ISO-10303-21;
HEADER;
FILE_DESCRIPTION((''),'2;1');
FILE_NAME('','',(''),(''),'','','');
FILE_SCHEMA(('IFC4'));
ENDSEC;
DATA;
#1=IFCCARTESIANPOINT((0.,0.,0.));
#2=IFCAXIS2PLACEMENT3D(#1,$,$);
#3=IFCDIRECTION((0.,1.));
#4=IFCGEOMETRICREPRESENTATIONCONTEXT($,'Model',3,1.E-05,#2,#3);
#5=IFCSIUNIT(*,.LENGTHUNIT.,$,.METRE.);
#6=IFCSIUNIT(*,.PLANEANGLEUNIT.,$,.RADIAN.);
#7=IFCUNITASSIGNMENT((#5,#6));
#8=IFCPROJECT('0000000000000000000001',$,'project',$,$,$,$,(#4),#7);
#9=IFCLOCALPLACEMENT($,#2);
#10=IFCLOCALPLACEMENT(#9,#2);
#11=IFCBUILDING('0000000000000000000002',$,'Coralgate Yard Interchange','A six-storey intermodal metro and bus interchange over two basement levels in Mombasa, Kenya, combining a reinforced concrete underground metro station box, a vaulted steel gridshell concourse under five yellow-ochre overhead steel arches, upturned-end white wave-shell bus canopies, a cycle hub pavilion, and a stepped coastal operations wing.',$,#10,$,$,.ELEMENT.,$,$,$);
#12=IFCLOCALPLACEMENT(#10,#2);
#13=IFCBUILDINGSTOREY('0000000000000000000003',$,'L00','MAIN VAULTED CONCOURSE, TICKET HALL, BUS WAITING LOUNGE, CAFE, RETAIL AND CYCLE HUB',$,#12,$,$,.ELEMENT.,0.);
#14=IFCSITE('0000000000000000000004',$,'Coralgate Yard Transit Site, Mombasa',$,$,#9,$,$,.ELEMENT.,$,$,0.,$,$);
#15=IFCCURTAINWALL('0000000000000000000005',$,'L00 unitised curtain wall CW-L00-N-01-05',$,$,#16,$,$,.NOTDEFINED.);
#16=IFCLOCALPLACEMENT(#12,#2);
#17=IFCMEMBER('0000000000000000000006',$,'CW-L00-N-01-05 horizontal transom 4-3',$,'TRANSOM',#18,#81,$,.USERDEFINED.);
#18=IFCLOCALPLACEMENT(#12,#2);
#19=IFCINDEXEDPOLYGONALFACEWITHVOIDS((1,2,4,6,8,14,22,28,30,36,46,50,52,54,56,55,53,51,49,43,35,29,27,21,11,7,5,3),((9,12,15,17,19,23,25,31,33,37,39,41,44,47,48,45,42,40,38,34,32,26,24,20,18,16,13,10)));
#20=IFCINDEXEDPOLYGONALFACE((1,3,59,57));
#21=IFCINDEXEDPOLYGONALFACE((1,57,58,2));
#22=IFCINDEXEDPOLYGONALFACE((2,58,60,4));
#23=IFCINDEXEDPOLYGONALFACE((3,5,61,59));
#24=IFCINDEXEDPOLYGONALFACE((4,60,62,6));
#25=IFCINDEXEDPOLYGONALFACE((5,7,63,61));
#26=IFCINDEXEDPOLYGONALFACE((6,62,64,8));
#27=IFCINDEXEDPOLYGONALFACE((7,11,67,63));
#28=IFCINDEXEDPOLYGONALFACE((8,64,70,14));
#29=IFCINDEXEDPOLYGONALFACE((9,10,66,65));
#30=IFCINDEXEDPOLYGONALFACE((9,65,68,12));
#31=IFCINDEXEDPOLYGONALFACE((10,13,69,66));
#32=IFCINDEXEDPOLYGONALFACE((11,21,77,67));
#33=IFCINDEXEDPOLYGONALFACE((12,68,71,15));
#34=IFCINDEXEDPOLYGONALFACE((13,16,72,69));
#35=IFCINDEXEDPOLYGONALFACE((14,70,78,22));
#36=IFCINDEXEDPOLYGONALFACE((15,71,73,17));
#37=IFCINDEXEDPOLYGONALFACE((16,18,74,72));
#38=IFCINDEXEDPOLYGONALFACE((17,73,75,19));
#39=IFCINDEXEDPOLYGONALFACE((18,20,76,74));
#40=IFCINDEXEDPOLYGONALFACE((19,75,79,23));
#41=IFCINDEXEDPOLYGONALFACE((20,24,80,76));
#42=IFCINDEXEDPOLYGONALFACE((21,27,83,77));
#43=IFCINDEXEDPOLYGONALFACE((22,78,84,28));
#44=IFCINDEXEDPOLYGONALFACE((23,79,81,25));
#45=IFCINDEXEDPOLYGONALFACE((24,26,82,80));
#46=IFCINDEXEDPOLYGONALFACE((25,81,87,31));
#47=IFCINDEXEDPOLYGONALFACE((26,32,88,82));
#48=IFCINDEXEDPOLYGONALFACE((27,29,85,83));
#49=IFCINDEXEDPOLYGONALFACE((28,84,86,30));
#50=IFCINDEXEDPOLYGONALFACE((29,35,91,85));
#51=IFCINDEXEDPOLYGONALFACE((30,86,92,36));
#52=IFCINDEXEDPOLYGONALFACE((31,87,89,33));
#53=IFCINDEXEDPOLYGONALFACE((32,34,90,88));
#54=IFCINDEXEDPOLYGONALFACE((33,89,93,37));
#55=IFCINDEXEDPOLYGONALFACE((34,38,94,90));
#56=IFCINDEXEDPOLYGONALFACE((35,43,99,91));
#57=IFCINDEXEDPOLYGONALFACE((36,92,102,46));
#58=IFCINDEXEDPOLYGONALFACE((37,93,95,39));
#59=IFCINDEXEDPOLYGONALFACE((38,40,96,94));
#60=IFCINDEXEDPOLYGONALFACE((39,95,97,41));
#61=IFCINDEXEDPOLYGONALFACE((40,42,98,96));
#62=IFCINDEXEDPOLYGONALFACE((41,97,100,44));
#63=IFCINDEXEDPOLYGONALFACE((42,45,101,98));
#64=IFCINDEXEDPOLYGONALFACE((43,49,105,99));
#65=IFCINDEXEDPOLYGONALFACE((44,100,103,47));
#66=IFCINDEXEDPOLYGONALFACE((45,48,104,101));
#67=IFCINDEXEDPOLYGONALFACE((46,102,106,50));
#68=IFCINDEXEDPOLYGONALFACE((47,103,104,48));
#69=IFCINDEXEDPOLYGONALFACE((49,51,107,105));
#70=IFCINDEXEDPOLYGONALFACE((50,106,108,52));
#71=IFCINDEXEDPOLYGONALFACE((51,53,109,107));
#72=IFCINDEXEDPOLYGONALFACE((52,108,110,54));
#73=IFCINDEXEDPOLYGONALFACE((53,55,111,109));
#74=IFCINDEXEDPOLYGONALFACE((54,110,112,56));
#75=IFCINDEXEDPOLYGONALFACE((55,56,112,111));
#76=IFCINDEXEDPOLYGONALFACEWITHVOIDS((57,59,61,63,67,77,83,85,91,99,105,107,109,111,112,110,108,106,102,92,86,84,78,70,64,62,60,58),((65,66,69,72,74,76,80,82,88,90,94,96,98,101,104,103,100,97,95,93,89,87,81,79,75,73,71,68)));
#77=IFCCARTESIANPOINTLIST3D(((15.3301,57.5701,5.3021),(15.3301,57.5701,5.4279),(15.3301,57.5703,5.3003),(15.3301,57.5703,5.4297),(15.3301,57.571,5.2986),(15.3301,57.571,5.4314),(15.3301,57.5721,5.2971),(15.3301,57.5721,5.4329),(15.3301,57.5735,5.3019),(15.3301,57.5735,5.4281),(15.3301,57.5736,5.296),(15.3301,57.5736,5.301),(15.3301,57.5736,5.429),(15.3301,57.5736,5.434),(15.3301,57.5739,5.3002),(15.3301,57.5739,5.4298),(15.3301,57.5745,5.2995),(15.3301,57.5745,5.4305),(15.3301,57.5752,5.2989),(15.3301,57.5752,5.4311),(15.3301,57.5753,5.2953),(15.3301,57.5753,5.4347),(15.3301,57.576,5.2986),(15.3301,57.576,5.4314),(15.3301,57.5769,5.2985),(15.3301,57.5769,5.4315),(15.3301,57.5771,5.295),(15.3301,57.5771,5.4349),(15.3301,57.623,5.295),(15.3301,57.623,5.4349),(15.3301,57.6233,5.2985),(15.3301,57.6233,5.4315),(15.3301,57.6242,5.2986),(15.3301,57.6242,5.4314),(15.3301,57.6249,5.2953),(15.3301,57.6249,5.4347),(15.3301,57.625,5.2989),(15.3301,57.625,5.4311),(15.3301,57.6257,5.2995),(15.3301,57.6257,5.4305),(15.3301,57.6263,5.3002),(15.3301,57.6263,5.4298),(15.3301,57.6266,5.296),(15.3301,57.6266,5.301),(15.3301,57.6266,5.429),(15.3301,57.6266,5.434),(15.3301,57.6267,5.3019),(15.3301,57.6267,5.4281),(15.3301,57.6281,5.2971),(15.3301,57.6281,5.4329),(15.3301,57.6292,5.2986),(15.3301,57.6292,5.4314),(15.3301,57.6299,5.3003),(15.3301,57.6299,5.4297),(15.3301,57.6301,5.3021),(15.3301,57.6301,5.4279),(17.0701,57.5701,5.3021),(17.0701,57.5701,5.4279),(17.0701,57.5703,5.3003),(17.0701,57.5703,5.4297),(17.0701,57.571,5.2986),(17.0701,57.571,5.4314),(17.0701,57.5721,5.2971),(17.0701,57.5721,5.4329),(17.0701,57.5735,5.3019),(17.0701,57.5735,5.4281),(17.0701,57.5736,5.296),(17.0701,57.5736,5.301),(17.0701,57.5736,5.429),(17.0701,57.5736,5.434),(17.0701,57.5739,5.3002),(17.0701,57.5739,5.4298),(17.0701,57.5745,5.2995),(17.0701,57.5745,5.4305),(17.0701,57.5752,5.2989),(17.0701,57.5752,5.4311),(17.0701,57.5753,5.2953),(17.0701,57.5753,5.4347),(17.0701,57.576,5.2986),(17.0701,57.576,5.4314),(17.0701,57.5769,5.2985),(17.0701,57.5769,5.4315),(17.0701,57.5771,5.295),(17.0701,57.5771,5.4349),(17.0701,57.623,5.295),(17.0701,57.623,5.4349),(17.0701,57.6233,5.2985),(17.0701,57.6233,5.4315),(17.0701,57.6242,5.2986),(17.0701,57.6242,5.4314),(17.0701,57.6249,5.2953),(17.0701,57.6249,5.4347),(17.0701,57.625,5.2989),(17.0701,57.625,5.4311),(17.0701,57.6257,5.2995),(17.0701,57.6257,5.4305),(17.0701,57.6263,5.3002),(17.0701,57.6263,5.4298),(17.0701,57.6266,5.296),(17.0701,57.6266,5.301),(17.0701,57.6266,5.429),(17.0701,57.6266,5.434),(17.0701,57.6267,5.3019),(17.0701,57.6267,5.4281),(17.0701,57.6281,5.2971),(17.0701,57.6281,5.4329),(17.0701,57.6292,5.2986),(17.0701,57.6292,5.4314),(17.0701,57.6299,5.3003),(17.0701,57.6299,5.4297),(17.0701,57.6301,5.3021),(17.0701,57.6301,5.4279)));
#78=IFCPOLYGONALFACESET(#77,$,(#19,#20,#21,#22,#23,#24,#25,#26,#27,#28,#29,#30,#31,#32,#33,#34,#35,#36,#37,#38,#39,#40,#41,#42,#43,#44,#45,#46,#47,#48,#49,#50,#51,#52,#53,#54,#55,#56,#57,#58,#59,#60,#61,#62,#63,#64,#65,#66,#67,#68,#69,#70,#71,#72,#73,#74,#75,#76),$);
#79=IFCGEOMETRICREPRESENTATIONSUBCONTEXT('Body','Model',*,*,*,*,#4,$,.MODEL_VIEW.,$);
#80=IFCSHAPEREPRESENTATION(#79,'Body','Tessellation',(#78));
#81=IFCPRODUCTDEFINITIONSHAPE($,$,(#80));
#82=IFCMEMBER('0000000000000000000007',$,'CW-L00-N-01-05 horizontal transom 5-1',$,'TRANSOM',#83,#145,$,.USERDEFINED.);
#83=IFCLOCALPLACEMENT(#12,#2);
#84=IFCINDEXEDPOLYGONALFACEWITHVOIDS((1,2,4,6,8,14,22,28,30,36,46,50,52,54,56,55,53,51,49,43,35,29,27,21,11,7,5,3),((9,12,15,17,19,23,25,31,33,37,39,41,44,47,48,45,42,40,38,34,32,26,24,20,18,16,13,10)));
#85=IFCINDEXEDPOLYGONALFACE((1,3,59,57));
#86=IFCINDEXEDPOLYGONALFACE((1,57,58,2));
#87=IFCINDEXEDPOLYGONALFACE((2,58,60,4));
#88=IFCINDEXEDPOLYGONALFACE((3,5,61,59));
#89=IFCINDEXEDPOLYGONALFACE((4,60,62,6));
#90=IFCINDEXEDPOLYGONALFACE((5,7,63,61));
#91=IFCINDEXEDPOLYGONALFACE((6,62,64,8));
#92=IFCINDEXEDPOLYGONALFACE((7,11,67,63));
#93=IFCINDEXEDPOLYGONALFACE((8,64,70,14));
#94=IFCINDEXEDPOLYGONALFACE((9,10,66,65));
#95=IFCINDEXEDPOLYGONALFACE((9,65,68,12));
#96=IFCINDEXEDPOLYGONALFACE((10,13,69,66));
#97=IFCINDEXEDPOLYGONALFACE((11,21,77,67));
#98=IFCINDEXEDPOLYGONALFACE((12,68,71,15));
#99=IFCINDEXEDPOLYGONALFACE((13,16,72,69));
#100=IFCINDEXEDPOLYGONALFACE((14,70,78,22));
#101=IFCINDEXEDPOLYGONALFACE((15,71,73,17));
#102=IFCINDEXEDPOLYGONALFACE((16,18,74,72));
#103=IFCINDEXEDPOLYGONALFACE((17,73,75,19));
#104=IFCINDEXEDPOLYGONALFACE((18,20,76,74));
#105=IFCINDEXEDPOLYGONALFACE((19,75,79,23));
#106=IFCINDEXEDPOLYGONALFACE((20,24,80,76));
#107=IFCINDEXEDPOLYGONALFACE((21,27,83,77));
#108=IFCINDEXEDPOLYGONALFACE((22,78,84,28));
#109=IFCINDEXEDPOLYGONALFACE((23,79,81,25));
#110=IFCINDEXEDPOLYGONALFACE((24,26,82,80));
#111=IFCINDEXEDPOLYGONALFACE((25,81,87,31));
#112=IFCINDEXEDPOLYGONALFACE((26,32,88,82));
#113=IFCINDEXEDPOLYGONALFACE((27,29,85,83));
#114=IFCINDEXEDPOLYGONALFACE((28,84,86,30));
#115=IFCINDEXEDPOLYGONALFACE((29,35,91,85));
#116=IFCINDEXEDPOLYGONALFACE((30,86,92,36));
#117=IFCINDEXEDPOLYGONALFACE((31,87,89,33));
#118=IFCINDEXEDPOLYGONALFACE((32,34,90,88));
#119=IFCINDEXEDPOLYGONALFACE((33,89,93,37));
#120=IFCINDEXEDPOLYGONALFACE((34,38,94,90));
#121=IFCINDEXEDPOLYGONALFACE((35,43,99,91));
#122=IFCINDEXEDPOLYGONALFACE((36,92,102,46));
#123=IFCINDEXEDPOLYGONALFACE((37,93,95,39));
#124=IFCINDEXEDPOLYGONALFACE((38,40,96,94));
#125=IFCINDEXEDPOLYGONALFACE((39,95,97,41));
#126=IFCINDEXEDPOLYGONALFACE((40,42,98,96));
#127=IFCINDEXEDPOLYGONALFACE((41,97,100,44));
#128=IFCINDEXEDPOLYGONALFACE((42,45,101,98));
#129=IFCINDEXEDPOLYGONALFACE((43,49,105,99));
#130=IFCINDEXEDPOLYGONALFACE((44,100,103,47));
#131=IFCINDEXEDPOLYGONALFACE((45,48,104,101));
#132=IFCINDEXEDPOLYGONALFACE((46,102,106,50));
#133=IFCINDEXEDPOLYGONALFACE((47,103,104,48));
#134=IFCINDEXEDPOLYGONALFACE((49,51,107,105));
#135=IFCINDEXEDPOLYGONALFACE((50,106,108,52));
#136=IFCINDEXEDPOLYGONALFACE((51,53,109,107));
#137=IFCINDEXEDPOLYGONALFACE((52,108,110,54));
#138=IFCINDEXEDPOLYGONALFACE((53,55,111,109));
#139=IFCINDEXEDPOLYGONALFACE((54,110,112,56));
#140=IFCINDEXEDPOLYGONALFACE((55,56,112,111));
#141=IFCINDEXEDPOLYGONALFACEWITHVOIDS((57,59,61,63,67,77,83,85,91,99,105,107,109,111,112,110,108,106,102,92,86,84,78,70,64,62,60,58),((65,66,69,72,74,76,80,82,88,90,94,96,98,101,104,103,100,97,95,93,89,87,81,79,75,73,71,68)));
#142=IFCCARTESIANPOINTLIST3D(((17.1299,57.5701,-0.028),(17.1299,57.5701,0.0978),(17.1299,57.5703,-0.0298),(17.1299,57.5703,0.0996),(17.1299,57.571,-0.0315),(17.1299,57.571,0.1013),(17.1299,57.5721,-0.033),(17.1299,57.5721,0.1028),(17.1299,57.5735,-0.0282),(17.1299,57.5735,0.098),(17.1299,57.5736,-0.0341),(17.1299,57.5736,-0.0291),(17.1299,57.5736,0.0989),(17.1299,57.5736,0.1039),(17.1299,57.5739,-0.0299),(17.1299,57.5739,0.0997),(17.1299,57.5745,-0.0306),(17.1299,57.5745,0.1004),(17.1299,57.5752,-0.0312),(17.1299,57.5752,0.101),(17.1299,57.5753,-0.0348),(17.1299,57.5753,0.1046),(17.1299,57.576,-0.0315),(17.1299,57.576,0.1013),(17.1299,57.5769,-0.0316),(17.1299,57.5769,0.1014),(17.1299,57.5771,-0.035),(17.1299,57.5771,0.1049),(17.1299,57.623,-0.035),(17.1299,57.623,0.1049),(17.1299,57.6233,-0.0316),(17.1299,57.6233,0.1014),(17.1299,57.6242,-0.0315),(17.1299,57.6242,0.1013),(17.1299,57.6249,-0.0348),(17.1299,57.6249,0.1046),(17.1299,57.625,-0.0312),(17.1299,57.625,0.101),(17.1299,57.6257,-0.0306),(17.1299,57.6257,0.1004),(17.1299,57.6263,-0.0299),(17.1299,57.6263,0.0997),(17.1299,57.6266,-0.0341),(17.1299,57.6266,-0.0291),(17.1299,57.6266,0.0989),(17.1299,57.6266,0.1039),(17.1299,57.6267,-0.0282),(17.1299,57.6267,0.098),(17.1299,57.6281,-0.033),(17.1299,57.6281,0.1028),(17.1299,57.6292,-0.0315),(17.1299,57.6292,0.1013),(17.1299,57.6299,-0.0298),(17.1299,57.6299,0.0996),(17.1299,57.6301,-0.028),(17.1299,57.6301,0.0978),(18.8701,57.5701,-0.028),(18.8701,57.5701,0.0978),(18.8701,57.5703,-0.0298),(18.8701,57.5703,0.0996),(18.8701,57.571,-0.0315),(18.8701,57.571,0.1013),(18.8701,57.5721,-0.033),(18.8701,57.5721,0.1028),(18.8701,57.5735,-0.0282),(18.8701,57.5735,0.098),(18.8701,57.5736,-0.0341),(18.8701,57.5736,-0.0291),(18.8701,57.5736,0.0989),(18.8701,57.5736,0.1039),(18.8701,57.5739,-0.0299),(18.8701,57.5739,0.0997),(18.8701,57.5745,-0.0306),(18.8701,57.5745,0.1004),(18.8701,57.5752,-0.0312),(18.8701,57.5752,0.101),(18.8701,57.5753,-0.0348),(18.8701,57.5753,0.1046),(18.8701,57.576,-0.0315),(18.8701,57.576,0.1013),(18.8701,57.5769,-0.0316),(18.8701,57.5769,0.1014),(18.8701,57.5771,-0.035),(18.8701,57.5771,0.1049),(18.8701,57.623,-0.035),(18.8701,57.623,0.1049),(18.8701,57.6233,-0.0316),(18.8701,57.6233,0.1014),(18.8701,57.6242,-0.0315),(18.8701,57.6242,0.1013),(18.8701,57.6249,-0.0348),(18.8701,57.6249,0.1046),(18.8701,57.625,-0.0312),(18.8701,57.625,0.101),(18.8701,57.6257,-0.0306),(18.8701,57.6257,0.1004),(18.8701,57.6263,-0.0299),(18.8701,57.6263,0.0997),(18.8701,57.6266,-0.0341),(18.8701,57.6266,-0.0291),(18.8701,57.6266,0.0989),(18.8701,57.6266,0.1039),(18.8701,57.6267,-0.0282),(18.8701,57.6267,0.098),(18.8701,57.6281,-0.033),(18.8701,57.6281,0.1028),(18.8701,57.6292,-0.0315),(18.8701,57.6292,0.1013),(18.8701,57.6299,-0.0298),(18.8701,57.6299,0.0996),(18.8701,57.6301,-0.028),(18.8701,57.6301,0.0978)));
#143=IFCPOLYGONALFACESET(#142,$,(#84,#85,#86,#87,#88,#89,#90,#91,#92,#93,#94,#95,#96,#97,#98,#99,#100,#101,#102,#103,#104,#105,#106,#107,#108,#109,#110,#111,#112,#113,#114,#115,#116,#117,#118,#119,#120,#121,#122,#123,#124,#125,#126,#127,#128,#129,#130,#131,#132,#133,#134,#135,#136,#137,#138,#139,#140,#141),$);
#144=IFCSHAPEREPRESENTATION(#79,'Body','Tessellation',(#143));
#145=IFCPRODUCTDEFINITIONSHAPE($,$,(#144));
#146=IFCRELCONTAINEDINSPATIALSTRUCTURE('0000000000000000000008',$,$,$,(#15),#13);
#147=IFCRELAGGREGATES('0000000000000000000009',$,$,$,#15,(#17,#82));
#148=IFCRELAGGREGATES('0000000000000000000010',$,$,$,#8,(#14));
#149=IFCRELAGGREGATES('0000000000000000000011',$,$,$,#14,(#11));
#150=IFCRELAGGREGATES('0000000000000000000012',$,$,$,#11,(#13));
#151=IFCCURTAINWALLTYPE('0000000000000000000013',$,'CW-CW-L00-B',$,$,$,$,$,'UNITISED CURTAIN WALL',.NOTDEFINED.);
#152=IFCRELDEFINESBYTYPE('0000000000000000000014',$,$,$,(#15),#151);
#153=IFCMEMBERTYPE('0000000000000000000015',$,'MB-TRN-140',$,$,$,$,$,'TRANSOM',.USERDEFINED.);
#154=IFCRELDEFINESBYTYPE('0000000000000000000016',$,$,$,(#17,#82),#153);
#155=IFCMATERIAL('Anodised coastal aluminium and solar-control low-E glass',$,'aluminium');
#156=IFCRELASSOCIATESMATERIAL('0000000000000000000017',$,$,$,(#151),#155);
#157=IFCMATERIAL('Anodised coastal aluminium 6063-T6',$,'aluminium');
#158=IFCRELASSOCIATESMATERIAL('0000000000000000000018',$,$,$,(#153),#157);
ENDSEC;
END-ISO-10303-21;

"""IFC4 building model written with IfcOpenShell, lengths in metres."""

from ifc_helpers import new_model, si_unit, direction, frame, origin, origin_2d, place, context, subcontext, project, spatial, hollow_rectangle, extrude, material, material_profile, profile_set, type_object, element, aggregate, save


model = new_model("IFC4")

# Units and contexts
model_context = context("Model", 3, precision=1e-05, world=origin(), true_north=direction((0.0, 1.0)))
body_context = subcontext(model_context, "Body", "Model", "MODEL_VIEW")
ifc_project = project(units=[si_unit("LENGTHUNIT", "METRE"), si_unit("PLANEANGLEUNIT", "RADIAN")], contexts=[model_context])

# Site, building, storey
site_placement = place(None, origin())
site = spatial("IfcSite", under=ifc_project, at=site_placement, Name="Coralgate Yard Transit Site, Mombasa", CompositionType="ELEMENT", RefElevation=0.0)
building_placement = place(site_placement, origin())
building = spatial("IfcBuilding", under=site, at=building_placement, Name="Coralgate Yard Interchange", Description="A six-storey intermodal metro and bus interchange over two basement levels in Mombasa, Kenya, combining a reinforced concrete underground metro station box, a vaulted steel gridshell concourse under five yellow-ochre overhead steel arches, upturned-end white wave-shell bus canopies, a cycle hub pavilion, and a stepped coastal operations wing.", CompositionType="ELEMENT")
storey_placement = place(building_placement, origin())
storey = spatial("IfcBuildingStorey", under=building, at=storey_placement, Name="L00", Description="MAIN VAULTED CONCOURSE, TICKET HALL, BUS WAITING LOUNGE, CAFE, RETAIL AND CYCLE HUB", CompositionType="ELEMENT", Elevation=0.0)

# Curtain wall
ifc_material_1 = material(Name="Anodised coastal aluminium and solar-control low-E glass", Category="aluminium")
curtain_wall_type = type_object("IfcCurtainWallType", Name="CW-CW-L00-B", ElementType="UNITISED CURTAIN WALL", PredefinedType="NOTDEFINED", material=ifc_material_1)
curtain_wall_1_placement = place(storey_placement, origin())
curtain_wall_1 = element("IfcCurtainWall", 1, at=curtain_wall_1_placement, inside=storey, type_object=curtain_wall_type, Name="L00 unitised curtain wall CW-L00-N-01-05", PredefinedType="NOTDEFINED")
ifc_material_2 = material(Name="Anodised coastal aluminium 6063-T6", Category="aluminium")

# Members
ifc_material_profile_1 = material_profile(ifc_material_2, hollow_rectangle(XDim=0.0601, YDim=0.1399, WallThickness=0.0034, InnerFilletRadius=0.0034, OuterFilletRadius=0.0071, at=origin_2d()), Name="ALU 60x140x3.5")
ifc_profile_set_1 = profile_set([ifc_material_profile_1], Name="Anodised coastal aluminium 6063-T6")
member_type_1 = type_object("IfcMemberType", Name="MB-TRN-140", ElementType="TRANSOM", PredefinedType="USERDEFINED", material=ifc_profile_set_1)
member_1_placement = place(storey_placement, frame((15.3301, 57.6001, 5.365), z_axis=(1.0, 0.0, 0.0), x_axis=(0.0, 1.0, 0.0)))
member_1 = element("IfcMember", 2, at=member_1_placement, type_object=member_type_1, Name="CW-L00-N-01-05 horizontal transom 4-3", ObjectType="TRANSOM", PredefinedType="USERDEFINED", context=body_context, shape_type="SweptSolid", body=[
    extrude(hollow_rectangle(XDim=0.0601, YDim=0.1399, WallThickness=0.0034, InnerFilletRadius=0.0034, OuterFilletRadius=0.0071, at=origin_2d()), origin(), (0.0, 0.0, 1.0), 1.74),
])
member_2_placement = place(storey_placement, frame((17.1299, 57.6001, 0.0349), z_axis=(1.0, 0.0, 0.0), x_axis=(0.0, 1.0, 0.0)))
member_2 = element("IfcMember", 3, at=member_2_placement, type_object=member_type_1, Name="CW-L00-N-01-05 horizontal transom 5-1", ObjectType="TRANSOM", PredefinedType="USERDEFINED", context=body_context, shape_type="SweptSolid", body=[
    extrude(hollow_rectangle(XDim=0.0601, YDim=0.1399, WallThickness=0.0034, InnerFilletRadius=0.0034, OuterFilletRadius=0.0071, at=origin_2d()), origin(), (0.0, 0.0, 1.0), 1.7402),
])

aggregate(curtain_wall_1, [member_1, member_2])

save(model, "model.ifc")
